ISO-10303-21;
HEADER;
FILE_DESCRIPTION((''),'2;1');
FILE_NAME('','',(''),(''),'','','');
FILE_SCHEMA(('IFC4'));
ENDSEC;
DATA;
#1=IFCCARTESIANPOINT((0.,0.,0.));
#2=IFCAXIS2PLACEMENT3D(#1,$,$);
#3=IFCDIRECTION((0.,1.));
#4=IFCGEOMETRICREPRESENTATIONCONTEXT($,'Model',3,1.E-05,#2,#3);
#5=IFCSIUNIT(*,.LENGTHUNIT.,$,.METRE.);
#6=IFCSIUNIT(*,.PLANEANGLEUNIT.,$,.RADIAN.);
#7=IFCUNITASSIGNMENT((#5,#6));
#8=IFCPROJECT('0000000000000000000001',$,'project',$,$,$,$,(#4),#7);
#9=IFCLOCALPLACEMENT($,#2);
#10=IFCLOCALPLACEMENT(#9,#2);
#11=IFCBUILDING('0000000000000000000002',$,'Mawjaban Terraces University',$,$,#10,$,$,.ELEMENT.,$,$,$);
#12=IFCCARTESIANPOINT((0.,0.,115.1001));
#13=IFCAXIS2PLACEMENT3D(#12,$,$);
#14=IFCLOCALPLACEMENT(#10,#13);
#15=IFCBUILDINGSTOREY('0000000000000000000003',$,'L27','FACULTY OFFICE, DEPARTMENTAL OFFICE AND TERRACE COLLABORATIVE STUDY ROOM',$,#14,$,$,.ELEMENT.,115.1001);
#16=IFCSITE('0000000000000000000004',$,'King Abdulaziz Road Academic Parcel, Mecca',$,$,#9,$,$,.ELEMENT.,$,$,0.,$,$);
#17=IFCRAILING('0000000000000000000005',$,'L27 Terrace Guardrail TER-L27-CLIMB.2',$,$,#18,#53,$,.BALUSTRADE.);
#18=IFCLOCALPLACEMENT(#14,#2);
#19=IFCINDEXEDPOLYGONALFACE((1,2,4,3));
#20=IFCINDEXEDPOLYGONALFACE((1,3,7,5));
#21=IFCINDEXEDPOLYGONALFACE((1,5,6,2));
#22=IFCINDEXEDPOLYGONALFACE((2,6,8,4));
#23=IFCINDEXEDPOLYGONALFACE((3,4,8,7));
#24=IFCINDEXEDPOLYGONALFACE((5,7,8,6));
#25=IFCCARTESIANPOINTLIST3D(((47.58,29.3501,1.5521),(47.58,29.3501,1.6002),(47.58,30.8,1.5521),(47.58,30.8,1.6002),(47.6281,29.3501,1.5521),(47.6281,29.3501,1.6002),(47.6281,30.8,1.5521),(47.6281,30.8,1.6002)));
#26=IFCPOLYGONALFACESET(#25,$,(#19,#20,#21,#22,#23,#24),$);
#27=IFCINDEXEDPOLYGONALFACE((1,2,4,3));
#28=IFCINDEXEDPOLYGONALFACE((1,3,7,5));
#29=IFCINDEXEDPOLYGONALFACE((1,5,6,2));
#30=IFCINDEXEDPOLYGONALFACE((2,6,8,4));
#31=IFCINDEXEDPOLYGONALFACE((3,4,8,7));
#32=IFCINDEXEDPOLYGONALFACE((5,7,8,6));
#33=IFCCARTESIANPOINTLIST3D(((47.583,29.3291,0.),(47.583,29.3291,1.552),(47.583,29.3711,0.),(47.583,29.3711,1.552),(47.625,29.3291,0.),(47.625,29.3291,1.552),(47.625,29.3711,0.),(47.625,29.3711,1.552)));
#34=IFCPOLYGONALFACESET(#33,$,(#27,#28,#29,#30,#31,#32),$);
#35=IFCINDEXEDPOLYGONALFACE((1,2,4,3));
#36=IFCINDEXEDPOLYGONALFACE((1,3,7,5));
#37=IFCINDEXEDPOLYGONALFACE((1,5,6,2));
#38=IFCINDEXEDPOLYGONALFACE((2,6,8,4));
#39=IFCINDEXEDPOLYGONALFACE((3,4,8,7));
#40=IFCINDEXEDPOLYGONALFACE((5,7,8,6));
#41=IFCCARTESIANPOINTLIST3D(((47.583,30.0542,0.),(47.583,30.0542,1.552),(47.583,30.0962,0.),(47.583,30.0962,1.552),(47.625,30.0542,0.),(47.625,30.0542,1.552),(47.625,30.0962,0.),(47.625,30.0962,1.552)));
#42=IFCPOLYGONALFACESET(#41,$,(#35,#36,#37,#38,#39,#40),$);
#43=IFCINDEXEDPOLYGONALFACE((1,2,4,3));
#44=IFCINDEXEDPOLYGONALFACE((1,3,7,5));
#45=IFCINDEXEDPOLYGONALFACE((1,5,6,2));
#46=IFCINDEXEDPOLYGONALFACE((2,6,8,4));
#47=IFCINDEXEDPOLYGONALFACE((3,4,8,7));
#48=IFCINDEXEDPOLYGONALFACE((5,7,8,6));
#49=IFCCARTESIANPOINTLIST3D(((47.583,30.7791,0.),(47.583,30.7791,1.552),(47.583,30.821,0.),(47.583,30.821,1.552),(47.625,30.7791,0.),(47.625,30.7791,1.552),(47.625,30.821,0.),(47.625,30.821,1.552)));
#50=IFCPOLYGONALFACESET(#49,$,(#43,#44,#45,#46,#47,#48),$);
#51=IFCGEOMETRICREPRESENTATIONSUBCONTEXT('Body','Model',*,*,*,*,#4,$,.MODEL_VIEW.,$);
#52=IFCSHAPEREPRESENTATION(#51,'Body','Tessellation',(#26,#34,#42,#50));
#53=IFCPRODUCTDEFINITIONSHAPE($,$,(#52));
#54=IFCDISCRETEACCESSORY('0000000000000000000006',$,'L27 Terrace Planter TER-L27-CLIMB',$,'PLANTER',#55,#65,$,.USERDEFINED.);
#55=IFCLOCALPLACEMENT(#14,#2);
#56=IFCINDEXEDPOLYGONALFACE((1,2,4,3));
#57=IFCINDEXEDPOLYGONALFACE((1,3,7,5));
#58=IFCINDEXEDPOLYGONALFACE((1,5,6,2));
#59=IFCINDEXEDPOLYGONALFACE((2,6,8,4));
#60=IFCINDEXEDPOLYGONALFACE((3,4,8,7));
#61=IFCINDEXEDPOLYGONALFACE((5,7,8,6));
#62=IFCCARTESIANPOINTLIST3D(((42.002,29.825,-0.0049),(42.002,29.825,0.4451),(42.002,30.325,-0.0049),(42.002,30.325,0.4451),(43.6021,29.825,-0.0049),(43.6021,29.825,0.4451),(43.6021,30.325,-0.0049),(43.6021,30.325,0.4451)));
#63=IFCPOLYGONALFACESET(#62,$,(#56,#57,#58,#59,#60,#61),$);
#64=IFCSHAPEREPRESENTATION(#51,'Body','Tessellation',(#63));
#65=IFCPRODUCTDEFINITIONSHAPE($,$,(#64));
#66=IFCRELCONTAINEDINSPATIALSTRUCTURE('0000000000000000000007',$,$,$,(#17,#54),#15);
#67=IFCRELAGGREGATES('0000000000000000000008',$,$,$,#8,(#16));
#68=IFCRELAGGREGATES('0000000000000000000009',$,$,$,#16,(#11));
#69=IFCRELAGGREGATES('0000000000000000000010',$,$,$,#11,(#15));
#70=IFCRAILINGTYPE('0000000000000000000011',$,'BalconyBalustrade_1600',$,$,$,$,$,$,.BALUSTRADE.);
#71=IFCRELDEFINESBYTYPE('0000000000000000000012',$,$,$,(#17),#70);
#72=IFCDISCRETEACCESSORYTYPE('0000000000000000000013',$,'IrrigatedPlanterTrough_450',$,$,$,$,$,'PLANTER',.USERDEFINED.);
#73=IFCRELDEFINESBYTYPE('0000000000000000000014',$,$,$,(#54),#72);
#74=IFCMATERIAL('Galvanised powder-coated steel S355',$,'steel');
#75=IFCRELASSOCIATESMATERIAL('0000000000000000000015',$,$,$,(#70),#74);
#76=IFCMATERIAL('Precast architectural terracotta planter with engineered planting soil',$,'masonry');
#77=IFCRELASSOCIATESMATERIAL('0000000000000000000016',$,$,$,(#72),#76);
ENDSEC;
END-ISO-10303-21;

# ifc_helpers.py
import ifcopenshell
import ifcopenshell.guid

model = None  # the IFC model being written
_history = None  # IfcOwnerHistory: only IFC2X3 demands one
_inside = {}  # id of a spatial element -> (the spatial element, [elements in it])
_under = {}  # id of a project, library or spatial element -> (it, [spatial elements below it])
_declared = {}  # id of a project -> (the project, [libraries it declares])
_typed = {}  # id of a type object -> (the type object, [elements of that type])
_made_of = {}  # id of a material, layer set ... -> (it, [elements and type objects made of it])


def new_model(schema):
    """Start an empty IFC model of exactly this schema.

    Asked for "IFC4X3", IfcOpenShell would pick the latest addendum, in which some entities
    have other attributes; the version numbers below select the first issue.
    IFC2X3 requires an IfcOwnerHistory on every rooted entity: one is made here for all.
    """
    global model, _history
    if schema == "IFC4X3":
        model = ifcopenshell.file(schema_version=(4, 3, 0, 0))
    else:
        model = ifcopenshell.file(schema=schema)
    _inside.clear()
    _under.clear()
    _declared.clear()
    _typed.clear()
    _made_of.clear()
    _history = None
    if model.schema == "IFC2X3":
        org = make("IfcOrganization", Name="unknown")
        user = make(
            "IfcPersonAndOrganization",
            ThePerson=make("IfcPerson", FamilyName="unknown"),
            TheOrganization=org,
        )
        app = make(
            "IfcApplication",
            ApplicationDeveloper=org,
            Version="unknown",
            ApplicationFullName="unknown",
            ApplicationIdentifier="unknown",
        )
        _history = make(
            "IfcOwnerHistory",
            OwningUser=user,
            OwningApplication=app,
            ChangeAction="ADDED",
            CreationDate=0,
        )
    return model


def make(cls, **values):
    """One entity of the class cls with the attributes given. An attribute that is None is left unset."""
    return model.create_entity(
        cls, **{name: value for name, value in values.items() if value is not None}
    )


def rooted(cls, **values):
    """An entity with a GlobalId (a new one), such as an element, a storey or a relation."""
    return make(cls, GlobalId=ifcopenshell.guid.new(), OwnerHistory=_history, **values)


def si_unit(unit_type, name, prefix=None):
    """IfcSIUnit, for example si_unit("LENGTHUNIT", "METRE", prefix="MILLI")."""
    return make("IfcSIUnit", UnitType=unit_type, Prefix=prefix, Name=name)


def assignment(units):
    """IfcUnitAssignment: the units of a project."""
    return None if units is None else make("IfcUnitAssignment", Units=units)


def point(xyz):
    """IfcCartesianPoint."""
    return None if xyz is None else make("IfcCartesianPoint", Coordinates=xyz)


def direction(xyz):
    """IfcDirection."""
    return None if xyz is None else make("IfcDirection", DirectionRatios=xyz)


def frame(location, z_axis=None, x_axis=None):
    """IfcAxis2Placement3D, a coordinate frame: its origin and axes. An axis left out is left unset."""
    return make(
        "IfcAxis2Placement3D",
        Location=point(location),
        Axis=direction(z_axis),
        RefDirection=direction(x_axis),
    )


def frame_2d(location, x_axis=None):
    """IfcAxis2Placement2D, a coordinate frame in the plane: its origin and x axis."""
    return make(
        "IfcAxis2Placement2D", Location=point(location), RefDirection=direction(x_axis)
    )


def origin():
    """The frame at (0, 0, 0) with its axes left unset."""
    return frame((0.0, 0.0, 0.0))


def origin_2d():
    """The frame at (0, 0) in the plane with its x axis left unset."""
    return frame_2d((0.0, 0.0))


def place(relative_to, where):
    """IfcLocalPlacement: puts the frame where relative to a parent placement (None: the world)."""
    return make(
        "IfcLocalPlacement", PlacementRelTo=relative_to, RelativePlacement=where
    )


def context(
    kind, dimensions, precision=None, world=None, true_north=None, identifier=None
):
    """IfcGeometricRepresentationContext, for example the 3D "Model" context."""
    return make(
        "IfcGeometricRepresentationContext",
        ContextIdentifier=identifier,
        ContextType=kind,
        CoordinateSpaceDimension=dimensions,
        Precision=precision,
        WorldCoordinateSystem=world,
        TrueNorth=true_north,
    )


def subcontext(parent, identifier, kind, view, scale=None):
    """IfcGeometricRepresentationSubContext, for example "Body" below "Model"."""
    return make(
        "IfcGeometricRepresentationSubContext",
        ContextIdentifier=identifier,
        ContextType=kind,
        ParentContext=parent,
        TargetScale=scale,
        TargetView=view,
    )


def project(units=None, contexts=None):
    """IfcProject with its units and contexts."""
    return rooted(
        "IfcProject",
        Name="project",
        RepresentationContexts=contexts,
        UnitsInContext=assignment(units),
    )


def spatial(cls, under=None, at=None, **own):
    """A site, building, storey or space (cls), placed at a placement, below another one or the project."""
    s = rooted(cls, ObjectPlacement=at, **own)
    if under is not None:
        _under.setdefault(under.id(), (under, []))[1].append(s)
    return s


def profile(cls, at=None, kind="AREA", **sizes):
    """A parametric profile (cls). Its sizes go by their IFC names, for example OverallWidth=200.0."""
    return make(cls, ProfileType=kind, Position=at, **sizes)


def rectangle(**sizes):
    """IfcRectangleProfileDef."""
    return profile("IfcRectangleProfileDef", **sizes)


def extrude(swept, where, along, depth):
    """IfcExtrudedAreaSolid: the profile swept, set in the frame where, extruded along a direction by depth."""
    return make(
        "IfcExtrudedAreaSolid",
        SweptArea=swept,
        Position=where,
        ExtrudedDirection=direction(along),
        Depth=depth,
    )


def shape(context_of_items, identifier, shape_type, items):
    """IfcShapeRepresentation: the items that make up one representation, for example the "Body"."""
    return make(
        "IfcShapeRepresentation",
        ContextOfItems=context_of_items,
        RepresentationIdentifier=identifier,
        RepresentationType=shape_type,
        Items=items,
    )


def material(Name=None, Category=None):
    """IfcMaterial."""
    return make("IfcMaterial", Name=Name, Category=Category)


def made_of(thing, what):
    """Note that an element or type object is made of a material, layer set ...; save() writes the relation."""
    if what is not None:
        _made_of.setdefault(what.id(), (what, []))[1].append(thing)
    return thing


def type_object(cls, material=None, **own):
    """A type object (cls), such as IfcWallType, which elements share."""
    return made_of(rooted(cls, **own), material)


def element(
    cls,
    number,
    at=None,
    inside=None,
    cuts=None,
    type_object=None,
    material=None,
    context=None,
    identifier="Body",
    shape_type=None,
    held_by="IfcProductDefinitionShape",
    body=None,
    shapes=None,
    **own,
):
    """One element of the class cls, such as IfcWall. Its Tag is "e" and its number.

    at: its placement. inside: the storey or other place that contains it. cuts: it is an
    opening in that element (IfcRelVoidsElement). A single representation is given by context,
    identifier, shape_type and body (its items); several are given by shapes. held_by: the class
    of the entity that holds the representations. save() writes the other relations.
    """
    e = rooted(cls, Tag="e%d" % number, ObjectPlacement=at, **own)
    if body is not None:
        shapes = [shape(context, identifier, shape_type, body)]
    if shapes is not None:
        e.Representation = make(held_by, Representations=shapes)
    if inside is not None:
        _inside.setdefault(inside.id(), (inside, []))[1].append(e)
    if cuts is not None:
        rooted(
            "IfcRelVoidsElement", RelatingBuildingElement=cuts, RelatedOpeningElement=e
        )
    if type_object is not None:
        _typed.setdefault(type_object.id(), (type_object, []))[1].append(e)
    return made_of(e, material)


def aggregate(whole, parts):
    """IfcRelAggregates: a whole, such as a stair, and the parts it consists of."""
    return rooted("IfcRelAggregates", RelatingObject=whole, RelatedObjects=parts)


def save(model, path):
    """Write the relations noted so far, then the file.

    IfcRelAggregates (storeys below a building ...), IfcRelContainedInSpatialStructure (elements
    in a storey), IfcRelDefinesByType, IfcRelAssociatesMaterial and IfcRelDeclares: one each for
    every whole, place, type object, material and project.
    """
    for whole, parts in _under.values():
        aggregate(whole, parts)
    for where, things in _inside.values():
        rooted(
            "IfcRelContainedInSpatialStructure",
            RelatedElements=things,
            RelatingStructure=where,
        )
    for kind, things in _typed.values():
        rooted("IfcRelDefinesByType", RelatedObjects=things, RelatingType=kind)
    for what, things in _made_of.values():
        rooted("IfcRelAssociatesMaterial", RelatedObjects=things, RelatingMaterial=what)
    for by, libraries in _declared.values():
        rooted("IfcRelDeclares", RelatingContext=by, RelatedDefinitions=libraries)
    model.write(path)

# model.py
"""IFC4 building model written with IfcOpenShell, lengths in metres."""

from ifc_helpers import new_model, si_unit, direction, frame, origin, origin_2d, place, context, subcontext, project, spatial, rectangle, extrude, material, type_object, element, save


model = new_model("IFC4")

# Units and contexts
model_context = context("Model", 3, precision=1e-05, world=origin(), true_north=direction((0.0, 1.0)))
body_context = subcontext(model_context, "Body", "Model", "MODEL_VIEW")
ifc_project = project(units=[si_unit("LENGTHUNIT", "METRE"), si_unit("PLANEANGLEUNIT", "RADIAN")], contexts=[model_context])

# Site, building, storey
site_placement = place(None, origin())
site = spatial("IfcSite", under=ifc_project, at=site_placement, Name="King Abdulaziz Road Academic Parcel, Mecca", CompositionType="ELEMENT", RefElevation=0.0)
building_placement = place(site_placement, origin())
building = spatial("IfcBuilding", under=site, at=building_placement, Name="Mawjaban Terraces University", CompositionType="ELEMENT")
storey_placement = place(building_placement, frame((0.0, 0.0, 115.1001)))
storey = spatial("IfcBuildingStorey", under=building, at=storey_placement, Name="L27", Description="FACULTY OFFICE, DEPARTMENTAL OFFICE AND TERRACE COLLABORATIVE STUDY ROOM", CompositionType="ELEMENT", Elevation=115.1001)

# Railing
ifc_material_1 = material(Name="Galvanised powder-coated steel S355", Category="steel")
railing_type = type_object("IfcRailingType", Name="BalconyBalustrade_1600", PredefinedType="BALUSTRADE", material=ifc_material_1)
railing_1_placement = place(storey_placement, frame((47.604, 29.3501, 0.0)))
element("IfcRailing", 1, at=railing_1_placement, inside=storey, type_object=railing_type, Name="L27 Terrace Guardrail TER-L27-CLIMB.2", PredefinedType="BALUSTRADE", context=body_context, shape_type="SweptSolid", body=[
    extrude(rectangle(XDim=0.0481, YDim=0.0481, at=origin_2d()), frame((0.0, 0.0, 1.5762), z_axis=(0.0, 1.0, 0.0), x_axis=(-1.0, 0.0, 0.0)), (0.0, 0.0, 1.0), 1.45),
    extrude(rectangle(XDim=0.042, YDim=0.042, at=origin_2d()), origin(), (0.0, 0.0, 1.0), 1.552),
    extrude(rectangle(XDim=0.042, YDim=0.042, at=origin_2d()), frame((0.0, 0.7251, 0.0)), (0.0, 0.0, 1.0), 1.552),
    extrude(rectangle(XDim=0.042, YDim=0.042, at=origin_2d()), frame((0.0, 1.45, 0.0)), (0.0, 0.0, 1.0), 1.552),
])

# Discrete accessory
ifc_material_2 = material(Name="Precast architectural terracotta planter with engineered planting soil", Category="masonry")
discrete_accessory_type = type_object("IfcDiscreteAccessoryType", Name="IrrigatedPlanterTrough_450", ElementType="PLANTER", PredefinedType="USERDEFINED", material=ifc_material_2)
discrete_accessory_placement = place(storey_placement, frame((42.802, 30.075, -0.0049), z_axis=(0.0, 0.0, 1.0), x_axis=(1.0, 0.0, 0.0)))
element("IfcDiscreteAccessory", 2, at=discrete_accessory_placement, inside=storey, type_object=discrete_accessory_type, Name="L27 Terrace Planter TER-L27-CLIMB", ObjectType="PLANTER", PredefinedType="USERDEFINED", context=body_context, shape_type="SweptSolid", body=[
    extrude(rectangle(XDim=1.6001, YDim=0.5, at=origin_2d()), origin(), (0.0, 0.0, 1.0), 0.45),
])

save(model, "model.ifc")
